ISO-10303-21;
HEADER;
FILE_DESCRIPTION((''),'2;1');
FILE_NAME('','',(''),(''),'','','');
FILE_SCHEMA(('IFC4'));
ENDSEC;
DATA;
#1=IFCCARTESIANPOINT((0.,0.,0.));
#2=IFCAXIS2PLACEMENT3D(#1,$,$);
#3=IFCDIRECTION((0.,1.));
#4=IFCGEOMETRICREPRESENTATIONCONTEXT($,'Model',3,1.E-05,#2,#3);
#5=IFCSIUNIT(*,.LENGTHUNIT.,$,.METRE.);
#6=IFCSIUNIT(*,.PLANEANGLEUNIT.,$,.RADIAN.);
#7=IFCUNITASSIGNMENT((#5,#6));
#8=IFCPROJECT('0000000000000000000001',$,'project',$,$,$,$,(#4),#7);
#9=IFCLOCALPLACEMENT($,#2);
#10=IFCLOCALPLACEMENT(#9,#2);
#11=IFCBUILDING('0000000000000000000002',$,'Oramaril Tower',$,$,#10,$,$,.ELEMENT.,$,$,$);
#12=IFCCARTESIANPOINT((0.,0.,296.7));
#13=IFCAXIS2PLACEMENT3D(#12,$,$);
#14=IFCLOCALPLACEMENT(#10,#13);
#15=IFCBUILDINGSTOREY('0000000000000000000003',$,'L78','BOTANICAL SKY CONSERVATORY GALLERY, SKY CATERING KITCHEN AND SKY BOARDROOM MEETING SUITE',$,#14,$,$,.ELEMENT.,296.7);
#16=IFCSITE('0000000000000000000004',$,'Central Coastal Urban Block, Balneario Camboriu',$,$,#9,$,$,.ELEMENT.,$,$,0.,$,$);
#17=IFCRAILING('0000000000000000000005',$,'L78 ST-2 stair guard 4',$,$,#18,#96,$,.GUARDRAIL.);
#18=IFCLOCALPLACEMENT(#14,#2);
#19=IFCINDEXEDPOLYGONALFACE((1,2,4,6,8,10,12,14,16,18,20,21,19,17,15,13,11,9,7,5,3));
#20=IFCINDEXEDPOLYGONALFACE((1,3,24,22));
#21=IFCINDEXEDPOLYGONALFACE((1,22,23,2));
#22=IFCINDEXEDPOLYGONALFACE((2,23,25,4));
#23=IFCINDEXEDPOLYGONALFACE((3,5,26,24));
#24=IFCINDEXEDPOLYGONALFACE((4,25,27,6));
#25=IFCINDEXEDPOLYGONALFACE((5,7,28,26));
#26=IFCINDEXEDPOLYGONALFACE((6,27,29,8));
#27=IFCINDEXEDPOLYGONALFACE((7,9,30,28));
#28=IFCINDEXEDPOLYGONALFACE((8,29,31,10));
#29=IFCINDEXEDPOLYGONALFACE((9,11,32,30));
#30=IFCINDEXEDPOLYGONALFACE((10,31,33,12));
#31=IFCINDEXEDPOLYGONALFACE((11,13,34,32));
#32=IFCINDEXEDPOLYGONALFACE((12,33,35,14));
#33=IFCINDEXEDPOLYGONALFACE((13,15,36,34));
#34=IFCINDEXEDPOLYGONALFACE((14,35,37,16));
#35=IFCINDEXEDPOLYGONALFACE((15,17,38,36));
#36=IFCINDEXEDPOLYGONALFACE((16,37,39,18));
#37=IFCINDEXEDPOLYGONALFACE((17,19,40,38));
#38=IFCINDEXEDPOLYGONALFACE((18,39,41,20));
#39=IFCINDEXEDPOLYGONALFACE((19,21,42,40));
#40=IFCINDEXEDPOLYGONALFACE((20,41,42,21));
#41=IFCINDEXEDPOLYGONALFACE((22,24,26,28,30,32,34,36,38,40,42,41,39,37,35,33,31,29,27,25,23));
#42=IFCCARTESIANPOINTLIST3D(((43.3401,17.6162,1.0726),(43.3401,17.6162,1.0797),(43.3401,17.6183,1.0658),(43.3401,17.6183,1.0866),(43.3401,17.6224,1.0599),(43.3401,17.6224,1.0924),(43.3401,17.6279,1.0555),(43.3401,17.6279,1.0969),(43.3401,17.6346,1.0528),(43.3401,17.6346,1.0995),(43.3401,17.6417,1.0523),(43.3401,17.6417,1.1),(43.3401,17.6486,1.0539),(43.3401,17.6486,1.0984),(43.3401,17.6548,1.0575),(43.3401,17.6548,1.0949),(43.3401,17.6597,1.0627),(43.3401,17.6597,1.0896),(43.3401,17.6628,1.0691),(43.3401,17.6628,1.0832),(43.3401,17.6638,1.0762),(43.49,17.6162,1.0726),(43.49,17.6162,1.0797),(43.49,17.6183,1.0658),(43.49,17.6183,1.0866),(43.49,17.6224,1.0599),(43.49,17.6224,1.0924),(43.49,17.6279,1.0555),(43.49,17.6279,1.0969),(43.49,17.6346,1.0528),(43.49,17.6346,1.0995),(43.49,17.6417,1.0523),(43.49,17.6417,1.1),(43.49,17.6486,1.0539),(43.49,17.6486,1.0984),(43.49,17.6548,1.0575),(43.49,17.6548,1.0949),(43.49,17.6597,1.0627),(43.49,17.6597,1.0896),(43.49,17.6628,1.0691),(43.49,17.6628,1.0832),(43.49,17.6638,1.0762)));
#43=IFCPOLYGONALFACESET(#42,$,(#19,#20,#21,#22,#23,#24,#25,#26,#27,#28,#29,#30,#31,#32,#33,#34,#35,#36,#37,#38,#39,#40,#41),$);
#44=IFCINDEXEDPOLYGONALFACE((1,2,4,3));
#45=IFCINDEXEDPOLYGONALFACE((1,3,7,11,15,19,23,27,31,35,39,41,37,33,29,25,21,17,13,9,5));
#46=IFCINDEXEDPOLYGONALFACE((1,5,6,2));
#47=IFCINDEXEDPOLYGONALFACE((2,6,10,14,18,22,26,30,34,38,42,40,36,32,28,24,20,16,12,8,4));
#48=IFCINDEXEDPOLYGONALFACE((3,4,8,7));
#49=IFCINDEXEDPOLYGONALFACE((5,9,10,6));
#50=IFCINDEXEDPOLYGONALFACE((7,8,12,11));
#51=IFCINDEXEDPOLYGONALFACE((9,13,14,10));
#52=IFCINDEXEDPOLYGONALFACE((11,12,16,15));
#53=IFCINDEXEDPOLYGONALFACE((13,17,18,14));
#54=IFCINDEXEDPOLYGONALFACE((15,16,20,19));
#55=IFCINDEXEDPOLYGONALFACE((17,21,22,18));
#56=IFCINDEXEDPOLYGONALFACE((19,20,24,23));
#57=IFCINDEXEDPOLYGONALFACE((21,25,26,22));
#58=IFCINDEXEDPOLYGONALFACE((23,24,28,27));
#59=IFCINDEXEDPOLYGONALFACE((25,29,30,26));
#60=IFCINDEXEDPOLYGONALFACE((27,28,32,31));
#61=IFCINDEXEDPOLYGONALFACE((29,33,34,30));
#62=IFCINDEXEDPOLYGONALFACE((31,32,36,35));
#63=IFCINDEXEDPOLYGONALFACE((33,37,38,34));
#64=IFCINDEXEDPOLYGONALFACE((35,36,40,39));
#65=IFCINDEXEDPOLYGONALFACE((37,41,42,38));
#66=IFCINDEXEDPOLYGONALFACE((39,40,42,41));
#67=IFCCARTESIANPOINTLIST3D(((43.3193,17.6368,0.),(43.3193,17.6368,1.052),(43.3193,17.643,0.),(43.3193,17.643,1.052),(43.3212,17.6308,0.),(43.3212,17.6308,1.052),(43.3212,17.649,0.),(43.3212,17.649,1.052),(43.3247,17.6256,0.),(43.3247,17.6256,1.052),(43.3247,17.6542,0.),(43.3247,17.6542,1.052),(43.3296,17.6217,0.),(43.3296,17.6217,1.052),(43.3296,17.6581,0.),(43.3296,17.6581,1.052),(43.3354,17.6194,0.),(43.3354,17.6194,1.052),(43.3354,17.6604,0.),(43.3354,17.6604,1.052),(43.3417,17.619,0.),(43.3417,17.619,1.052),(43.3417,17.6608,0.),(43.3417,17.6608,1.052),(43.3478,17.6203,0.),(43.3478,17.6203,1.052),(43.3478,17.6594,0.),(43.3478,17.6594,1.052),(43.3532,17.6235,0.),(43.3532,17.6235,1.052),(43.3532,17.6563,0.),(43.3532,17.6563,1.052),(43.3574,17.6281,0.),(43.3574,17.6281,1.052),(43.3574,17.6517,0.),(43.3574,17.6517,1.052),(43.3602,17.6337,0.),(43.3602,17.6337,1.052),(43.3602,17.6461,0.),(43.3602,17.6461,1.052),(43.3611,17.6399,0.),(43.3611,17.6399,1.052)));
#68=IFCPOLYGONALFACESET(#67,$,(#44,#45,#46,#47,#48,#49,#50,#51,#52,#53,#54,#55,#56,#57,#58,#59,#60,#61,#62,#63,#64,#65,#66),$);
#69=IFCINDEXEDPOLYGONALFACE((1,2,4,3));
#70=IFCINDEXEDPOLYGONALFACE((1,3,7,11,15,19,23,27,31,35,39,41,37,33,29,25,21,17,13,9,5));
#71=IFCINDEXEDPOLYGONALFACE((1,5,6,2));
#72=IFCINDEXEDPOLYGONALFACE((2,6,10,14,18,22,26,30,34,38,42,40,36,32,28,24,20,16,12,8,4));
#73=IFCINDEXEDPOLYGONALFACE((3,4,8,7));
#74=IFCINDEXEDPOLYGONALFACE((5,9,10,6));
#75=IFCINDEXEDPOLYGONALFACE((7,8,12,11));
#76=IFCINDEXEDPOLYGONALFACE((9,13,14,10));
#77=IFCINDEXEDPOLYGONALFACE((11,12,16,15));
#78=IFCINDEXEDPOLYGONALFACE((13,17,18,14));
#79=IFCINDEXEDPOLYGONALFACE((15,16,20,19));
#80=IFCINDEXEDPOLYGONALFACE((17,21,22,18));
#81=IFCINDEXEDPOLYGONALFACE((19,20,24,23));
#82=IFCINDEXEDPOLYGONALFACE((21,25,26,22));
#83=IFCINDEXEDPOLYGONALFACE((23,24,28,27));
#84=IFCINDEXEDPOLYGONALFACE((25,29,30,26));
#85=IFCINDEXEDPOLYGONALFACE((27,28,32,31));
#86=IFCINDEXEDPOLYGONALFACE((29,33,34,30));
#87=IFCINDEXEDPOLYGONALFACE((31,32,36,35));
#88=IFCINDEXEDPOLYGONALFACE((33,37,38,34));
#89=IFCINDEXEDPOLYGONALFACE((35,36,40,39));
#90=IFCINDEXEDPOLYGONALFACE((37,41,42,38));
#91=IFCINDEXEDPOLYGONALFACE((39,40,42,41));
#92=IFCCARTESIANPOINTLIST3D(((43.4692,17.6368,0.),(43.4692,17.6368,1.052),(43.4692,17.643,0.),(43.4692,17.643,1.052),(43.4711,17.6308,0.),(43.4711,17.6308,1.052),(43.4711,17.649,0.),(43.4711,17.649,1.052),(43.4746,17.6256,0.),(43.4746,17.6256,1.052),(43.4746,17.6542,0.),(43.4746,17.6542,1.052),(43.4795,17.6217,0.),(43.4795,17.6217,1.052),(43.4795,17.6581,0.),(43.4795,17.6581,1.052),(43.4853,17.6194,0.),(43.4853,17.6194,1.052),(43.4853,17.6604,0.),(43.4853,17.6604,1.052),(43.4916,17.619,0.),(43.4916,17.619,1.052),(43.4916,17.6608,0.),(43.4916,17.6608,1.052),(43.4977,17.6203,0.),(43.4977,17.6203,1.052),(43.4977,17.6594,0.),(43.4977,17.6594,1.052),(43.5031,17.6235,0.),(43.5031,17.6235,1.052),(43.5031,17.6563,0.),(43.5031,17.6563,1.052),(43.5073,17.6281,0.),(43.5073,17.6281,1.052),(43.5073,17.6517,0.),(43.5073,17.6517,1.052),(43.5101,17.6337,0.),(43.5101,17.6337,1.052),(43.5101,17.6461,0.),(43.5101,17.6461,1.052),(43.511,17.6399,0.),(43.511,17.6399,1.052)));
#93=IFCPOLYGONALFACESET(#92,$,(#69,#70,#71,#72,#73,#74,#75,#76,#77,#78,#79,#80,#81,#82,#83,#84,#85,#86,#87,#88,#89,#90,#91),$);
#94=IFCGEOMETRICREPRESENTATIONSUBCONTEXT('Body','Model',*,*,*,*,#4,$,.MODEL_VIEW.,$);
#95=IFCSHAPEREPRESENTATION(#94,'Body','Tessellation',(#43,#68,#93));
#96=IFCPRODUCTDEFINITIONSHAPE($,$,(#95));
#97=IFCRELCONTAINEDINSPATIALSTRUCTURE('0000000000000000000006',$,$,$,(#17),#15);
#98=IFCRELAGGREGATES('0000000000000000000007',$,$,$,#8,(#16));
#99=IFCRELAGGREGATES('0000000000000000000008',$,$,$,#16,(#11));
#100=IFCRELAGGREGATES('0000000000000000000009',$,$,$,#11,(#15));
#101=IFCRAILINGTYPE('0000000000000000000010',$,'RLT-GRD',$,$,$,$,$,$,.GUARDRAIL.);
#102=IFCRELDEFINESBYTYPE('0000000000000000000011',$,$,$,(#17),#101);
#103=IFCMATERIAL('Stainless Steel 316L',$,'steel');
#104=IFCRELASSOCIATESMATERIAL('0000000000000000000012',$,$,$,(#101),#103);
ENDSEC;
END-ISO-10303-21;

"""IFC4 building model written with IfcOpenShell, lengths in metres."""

from ifc_helpers import new_model, si_unit, direction, frame, origin, origin_2d, place, context, subcontext, project, spatial, circle, extrude, material, type_object, element, save


model = new_model("IFC4")

# Units and contexts
model_context = context("Model", 3, precision=1e-05, world=origin(), true_north=direction((0.0, 1.0)))
body_context = subcontext(model_context, "Body", "Model", "MODEL_VIEW")
ifc_project = project(units=[si_unit("LENGTHUNIT", "METRE"), si_unit("PLANEANGLEUNIT", "RADIAN")], contexts=[model_context])

# Site, building, storey
site_placement = place(None, origin())
site = spatial("IfcSite", under=ifc_project, at=site_placement, Name="Central Coastal Urban Block, Balneario Camboriu", CompositionType="ELEMENT", RefElevation=0.0)
building_placement = place(site_placement, origin())
building = spatial("IfcBuilding", under=site, at=building_placement, Name="Oramaril Tower", CompositionType="ELEMENT")
storey_placement = place(building_placement, frame((0.0, 0.0, 296.7)))
storey = spatial("IfcBuildingStorey", under=building, at=storey_placement, Name="L78", Description="BOTANICAL SKY CONSERVATORY GALLERY, SKY CATERING KITCHEN AND SKY BOARDROOM MEETING SUITE", CompositionType="ELEMENT", Elevation=296.7)

# Railing
ifc_material_1 = material(Name="Stainless Steel 316L", Category="steel")
railing_type_1 = type_object("IfcRailingType", Name="RLT-GRD", PredefinedType="GUARDRAIL", material=ifc_material_1)
railing_1_placement = place(storey_placement, frame((43.3401, 17.6399, 0.0)))
element("IfcRailing", 1, at=railing_1_placement, inside=storey, type_object=railing_type_1, Name="L78 ST-2 stair guard 4", PredefinedType="GUARDRAIL", context=body_context, shape_type="SweptSolid", body=[
    extrude(circle(Radius=0.0239, at=origin_2d()), frame((0.0, 0.0, 1.0762), z_axis=(1.0, 0.0, 0.0), x_axis=(0.0, 1.0, 0.0)), (0.0, 0.0, 1.0), 0.1499),
    extrude(circle(Radius=0.021, at=origin_2d()), origin(), (0.0, 0.0, 1.0), 1.052),
    extrude(circle(Radius=0.021, at=origin_2d()), frame((0.1499, 0.0, 0.0)), (0.0, 0.0, 1.0), 1.052),
])

save(model, "model.ifc")
